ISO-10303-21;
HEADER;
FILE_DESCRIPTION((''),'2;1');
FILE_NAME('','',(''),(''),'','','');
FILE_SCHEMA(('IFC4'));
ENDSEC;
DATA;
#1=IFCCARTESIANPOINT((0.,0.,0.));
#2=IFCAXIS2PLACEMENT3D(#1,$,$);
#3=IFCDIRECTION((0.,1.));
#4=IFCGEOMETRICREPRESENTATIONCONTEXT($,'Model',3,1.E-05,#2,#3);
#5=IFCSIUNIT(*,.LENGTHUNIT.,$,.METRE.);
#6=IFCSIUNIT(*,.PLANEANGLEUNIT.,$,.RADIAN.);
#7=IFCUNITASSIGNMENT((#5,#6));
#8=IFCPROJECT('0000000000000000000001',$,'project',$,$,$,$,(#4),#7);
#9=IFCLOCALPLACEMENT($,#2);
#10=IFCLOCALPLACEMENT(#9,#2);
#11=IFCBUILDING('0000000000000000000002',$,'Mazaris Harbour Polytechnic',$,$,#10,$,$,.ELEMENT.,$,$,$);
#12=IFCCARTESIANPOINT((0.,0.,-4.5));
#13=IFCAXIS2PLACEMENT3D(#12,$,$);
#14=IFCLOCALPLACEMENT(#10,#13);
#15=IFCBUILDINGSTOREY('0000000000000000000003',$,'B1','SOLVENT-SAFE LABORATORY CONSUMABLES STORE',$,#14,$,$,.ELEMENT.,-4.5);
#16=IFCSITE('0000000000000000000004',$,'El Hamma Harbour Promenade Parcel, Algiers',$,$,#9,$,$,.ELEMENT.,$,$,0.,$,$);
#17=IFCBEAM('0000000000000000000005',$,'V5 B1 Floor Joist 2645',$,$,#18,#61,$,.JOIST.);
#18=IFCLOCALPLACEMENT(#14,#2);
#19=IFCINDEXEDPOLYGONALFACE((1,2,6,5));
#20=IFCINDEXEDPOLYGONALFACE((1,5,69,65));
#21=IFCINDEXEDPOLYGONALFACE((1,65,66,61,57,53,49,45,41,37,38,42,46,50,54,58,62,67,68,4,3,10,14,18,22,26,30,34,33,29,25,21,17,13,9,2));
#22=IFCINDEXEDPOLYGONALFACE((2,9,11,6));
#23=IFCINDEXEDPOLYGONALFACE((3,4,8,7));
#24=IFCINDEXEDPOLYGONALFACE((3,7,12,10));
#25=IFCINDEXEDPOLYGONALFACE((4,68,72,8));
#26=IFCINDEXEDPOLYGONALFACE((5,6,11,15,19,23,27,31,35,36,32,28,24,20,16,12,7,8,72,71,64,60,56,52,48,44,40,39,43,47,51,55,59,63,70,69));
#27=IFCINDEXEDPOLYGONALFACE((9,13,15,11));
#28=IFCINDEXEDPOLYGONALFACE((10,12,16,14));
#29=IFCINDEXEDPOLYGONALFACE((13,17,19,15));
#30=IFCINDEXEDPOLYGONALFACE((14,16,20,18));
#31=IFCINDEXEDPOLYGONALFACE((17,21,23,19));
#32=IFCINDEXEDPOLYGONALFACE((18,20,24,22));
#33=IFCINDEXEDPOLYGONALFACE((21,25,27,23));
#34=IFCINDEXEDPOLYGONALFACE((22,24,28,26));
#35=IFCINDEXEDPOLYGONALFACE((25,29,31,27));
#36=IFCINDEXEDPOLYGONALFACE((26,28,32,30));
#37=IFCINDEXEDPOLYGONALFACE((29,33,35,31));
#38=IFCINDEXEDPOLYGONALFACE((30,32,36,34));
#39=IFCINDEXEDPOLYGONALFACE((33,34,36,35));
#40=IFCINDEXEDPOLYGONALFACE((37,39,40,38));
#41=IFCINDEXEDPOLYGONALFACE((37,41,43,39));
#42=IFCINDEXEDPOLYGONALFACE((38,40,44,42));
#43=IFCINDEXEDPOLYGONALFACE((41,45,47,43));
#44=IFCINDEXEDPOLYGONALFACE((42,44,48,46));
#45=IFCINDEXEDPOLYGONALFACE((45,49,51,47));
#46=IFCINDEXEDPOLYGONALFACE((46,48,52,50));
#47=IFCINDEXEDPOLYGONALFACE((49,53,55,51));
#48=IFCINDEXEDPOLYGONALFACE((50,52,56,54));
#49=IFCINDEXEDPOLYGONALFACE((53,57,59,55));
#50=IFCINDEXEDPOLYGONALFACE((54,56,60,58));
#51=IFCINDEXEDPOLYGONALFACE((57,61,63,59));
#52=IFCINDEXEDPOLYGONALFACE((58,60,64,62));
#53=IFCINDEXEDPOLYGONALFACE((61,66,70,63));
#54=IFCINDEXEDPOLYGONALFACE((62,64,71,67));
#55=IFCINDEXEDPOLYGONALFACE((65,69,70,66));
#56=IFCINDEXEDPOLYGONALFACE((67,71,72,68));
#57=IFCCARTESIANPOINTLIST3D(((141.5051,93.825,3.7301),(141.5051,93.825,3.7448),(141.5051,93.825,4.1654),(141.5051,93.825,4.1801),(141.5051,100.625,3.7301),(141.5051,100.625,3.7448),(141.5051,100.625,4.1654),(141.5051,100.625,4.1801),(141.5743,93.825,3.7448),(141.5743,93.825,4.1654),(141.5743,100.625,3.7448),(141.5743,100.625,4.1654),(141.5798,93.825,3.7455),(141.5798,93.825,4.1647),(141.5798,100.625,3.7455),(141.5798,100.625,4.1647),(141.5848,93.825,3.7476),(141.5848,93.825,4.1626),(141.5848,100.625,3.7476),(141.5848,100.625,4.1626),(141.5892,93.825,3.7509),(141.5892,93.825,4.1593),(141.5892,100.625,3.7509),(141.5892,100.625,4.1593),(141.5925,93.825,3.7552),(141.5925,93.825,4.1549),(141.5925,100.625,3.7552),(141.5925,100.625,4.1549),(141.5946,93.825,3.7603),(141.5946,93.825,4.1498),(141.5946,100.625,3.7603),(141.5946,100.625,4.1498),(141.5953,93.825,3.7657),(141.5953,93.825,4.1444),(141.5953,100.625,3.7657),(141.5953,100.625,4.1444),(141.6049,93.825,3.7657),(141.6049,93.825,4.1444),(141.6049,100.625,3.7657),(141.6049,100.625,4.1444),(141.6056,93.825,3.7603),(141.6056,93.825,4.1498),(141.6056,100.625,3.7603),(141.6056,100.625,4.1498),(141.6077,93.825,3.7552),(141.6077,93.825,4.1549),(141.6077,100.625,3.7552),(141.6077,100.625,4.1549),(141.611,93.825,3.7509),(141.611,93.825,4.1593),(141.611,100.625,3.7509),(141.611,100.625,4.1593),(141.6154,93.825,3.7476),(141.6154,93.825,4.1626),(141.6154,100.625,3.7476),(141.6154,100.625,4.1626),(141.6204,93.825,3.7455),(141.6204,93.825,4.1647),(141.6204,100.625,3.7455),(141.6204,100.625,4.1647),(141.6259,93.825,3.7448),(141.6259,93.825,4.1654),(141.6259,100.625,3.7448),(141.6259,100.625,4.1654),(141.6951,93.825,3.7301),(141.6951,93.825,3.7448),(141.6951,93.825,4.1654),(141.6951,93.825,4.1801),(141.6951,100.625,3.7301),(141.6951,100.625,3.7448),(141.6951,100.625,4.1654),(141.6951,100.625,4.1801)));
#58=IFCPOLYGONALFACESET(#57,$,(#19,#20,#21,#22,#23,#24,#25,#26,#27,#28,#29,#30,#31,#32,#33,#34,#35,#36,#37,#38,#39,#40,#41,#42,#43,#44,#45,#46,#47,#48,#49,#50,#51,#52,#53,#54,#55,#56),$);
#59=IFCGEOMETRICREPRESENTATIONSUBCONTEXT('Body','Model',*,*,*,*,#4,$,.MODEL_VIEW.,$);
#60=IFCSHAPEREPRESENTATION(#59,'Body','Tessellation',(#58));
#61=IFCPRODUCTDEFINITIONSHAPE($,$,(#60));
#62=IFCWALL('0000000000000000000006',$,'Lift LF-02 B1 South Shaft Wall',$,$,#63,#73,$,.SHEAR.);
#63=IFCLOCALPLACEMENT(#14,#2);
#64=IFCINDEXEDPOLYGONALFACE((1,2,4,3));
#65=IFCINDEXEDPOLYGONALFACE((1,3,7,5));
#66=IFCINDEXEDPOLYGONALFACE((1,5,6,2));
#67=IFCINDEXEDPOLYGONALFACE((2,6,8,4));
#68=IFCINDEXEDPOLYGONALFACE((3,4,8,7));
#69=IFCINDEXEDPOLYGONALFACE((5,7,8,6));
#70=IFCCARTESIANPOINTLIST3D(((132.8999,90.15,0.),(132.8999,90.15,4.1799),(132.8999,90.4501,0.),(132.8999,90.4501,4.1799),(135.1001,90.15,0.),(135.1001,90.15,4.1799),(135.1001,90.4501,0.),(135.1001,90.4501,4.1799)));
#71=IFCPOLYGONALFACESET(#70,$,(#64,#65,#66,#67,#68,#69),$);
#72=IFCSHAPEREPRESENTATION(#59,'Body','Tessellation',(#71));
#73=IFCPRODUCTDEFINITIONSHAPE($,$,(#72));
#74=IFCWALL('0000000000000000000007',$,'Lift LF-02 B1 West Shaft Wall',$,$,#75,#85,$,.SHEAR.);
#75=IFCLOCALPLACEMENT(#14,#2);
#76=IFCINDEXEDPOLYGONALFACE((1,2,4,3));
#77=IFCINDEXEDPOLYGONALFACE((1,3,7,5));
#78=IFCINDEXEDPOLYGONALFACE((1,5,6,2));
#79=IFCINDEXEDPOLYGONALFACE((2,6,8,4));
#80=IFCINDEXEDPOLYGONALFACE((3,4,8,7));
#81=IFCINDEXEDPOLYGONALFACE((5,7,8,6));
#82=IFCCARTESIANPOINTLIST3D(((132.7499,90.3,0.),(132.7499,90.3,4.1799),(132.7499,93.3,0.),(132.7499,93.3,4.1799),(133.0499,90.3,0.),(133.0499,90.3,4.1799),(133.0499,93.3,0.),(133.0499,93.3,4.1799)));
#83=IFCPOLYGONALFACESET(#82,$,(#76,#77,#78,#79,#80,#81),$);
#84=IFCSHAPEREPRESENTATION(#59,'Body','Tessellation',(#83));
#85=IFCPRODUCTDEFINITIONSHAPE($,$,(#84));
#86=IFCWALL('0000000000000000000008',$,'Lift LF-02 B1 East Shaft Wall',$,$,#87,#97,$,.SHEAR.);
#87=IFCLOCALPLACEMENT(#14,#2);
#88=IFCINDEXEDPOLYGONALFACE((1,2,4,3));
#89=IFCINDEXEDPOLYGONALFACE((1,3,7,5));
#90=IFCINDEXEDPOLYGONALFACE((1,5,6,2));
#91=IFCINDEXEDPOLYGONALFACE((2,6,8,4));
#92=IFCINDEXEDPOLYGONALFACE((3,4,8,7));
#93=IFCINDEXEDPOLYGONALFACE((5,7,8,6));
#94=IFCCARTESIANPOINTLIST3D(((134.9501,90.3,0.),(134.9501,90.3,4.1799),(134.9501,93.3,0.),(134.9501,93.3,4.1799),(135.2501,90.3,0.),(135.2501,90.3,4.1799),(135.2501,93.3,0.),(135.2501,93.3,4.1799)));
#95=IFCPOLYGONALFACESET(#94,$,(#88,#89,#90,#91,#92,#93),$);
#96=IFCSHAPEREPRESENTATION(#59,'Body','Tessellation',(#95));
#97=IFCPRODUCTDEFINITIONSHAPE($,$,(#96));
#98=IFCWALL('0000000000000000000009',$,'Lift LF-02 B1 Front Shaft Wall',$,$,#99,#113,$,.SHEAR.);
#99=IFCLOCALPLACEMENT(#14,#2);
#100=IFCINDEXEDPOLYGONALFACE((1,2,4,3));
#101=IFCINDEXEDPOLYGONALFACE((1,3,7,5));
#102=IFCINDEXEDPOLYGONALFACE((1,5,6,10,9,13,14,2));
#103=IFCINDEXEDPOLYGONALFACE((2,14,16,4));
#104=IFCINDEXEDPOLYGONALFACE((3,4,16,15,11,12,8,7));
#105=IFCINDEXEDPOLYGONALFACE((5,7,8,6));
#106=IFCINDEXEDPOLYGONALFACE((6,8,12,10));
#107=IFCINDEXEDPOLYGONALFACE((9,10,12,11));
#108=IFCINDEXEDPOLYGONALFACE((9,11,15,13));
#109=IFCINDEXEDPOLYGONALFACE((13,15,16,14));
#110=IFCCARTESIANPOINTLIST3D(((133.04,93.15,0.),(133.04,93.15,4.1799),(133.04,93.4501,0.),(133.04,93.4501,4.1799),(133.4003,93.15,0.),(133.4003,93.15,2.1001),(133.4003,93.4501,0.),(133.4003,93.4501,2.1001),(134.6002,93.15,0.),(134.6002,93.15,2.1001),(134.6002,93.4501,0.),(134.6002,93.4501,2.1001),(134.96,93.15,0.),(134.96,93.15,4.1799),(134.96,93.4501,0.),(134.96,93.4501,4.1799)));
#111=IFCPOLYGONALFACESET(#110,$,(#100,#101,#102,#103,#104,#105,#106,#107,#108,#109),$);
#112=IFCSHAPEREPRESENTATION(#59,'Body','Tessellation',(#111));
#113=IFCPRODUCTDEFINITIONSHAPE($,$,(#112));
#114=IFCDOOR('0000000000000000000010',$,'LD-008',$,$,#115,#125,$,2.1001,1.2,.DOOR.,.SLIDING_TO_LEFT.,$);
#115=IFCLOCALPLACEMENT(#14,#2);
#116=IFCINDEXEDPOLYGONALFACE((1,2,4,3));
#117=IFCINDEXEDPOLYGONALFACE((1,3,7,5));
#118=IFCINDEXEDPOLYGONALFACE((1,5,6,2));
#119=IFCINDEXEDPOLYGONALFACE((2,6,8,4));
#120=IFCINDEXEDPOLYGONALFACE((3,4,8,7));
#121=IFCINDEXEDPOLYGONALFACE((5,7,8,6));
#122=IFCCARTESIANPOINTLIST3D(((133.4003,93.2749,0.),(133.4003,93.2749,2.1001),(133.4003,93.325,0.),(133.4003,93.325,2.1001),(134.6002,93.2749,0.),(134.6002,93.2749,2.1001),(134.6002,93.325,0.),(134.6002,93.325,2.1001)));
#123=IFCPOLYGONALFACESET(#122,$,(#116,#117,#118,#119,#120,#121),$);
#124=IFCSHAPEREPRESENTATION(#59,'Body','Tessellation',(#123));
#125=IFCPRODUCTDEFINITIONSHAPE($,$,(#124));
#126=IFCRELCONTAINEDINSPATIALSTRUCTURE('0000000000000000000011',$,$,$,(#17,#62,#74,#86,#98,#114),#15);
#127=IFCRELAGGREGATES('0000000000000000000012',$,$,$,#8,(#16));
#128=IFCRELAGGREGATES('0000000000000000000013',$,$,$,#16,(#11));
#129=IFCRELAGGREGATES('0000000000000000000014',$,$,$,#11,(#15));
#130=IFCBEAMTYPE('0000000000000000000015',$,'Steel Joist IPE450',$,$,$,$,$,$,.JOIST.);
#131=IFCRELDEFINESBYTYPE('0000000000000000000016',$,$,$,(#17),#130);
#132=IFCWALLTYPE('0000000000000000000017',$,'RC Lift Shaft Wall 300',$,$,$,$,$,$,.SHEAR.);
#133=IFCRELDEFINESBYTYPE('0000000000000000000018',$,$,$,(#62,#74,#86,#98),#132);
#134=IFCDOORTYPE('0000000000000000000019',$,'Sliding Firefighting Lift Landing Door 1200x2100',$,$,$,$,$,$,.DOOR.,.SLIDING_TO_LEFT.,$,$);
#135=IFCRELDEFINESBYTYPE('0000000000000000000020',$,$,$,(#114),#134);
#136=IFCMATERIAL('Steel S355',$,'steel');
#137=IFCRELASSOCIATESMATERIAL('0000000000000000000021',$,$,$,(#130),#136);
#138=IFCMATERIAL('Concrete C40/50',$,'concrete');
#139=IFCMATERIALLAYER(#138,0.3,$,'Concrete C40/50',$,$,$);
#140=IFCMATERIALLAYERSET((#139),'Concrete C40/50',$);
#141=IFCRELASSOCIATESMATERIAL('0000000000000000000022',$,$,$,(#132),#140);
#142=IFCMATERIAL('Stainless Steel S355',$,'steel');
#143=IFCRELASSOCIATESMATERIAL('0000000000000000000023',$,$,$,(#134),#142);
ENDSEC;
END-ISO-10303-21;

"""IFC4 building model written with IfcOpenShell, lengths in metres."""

from ifc_helpers import new_model, si_unit, direction, frame, frame_2d, origin, origin_2d, place, context, subcontext, project, spatial, rectangle, i_section, extrude, material, layer, layer_set, material_profile, profile_set, type_object, element, fill, save


model = new_model("IFC4")

# Units and contexts
model_context = context("Model", 3, precision=1e-05, world=origin(), true_north=direction((0.0, 1.0)))
body_context = subcontext(model_context, "Body", "Model", "MODEL_VIEW")
ifc_project = project(units=[si_unit("LENGTHUNIT", "METRE"), si_unit("PLANEANGLEUNIT", "RADIAN")], contexts=[model_context])

# Site, building, storey
site_placement = place(None, origin())
site = spatial("IfcSite", under=ifc_project, at=site_placement, Name="El Hamma Harbour Promenade Parcel, Algiers", CompositionType="ELEMENT", RefElevation=0.0)
building_placement = place(site_placement, origin())
building = spatial("IfcBuilding", under=site, at=building_placement, Name="Mazaris Harbour Polytechnic", CompositionType="ELEMENT")
storey_placement = place(building_placement, frame((0.0, 0.0, -4.5)))
storey = spatial("IfcBuildingStorey", under=building, at=storey_placement, Name="B1", Description="SOLVENT-SAFE LABORATORY CONSUMABLES STORE", CompositionType="ELEMENT", Elevation=-4.5)

# Beam
ifc_material_1 = material(Name="Steel S355", Category="steel")
ifc_material_profile_1 = material_profile(ifc_material_1, i_section(OverallWidth=0.1899, OverallDepth=0.45, WebThickness=0.0095, FlangeThickness=0.0146, FilletRadius=0.021, at=origin_2d()), Name="IPE 450")
ifc_profile_set_1 = profile_set([ifc_material_profile_1], Name="Steel S355")
beam_type_1 = type_object("IfcBeamType", Name="Steel Joist IPE450", PredefinedType="JOIST", material=ifc_profile_set_1)
beam_1_placement = place(storey_placement, frame((141.6001, 93.825, 3.9551), z_axis=(0.0, 1.0, 0.0), x_axis=(-1.0, 0.0, 0.0)))
element("IfcBeam", 1, at=beam_1_placement, inside=storey, type_object=beam_type_1, Name="V5 B1 Floor Joist 2645", PredefinedType="JOIST", context=body_context, shape_type="SweptSolid", body=[
    extrude(i_section(OverallWidth=0.1899, OverallDepth=0.45, WebThickness=0.0095, FlangeThickness=0.0146, FilletRadius=0.021, at=origin_2d()), origin(), (0.0, 0.0, 1.0), 6.8),
])

# Walls
ifc_material_2 = material(Name="Concrete C40/50", Category="concrete")
ifc_layer = layer(ifc_material_2, 0.3, Name="Concrete C40/50")
ifc_layer_set = layer_set([ifc_layer], Name="Concrete C40/50")
wall_type = type_object("IfcWallType", Name="RC Lift Shaft Wall 300", PredefinedType="SHEAR", material=ifc_layer_set)
wall_1_placement = place(storey_placement, frame((132.8999, 90.3, 0.0), z_axis=(0.0, 0.0, 1.0), x_axis=(1.0, 0.0, 0.0)))
element("IfcWall", 2, at=wall_1_placement, inside=storey, type_object=wall_type, Name="Lift LF-02 B1 South Shaft Wall", PredefinedType="SHEAR", context=body_context, shape_type="SweptSolid", body=[
    extrude(rectangle(XDim=2.2002, YDim=0.3, at=frame_2d((1.1001, 0.0))), origin(), (0.0, 0.0, 1.0), 4.1799),
])
for number, where, z_axis, x_axis, name in (
    (3, (132.8999, 93.3, 0.0), (0.0, 0.0, 1.0), (0.0, -1.0, 0.0), "Lift LF-02 B1 West Shaft Wall"),
    (4, (135.1001, 90.3, 0.0), (0.0, 0.0, 1.0), (0.0, 1.0, 0.0), "Lift LF-02 B1 East Shaft Wall"),
):
    element("IfcWall", number, at=place(storey_placement, frame(where, z_axis=z_axis, x_axis=x_axis)), inside=storey, type_object=wall_type, Name=name, PredefinedType="SHEAR", context=body_context, shape_type="SweptSolid", body=[
        extrude(rectangle(XDim=3.0, YDim=0.3, at=frame_2d((1.5, 0.0))), origin(), (0.0, 0.0, 1.0), 4.1799),
    ])

# Wall, opening, door
wall_2_placement = place(storey_placement, frame((133.04, 93.3, 0.0), z_axis=(0.0, 0.0, 1.0), x_axis=(1.0, 0.0, 0.0)))
wall_2 = element("IfcWall", 5, at=wall_2_placement, inside=storey, type_object=wall_type, Name="Lift LF-02 B1 Front Shaft Wall", PredefinedType="SHEAR", context=body_context, shape_type="SweptSolid", body=[
    extrude(rectangle(XDim=1.9199, YDim=0.3, at=frame_2d((0.96, 0.0))), origin(), (0.0, 0.0, 1.0), 4.1799),
])
opening_placement = place(wall_2_placement, frame((0.3601, 0.0, 0.0)))
opening = element("IfcOpeningElement", 6, at=opening_placement, cuts=wall_2, PredefinedType="OPENING", context=body_context, shape_type="SweptSolid", body=[
    extrude(rectangle(XDim=1.2, YDim=2.1001, at=frame_2d((0.6001, 1.05))), frame((0.0, 0.1599, 0.0), z_axis=(0.0, -1.0, 0.0), x_axis=(1.0, 0.0, 0.0)), (0.0, 0.0, 1.0), 0.3201),
])
ifc_material_3 = material(Name="Stainless Steel S355", Category="steel")
door_type = type_object("IfcDoorType", Name="Sliding Firefighting Lift Landing Door 1200x2100", OperationType="SLIDING_TO_LEFT", PredefinedType="DOOR", material=ifc_material_3)
door_placement = place(opening_placement, origin())
door = element("IfcDoor", 7, at=door_placement, inside=storey, type_object=door_type, Name="LD-008", OperationType="SLIDING_TO_LEFT", OverallHeight=2.1001, OverallWidth=1.2, PredefinedType="DOOR", context=body_context, shape_type="SweptSolid", body=[
    extrude(rectangle(XDim=1.2, YDim=2.1001, at=frame_2d((0.6001, 1.05))), frame((0.0, 0.0249, 0.0), z_axis=(0.0, -1.0, 0.0), x_axis=(1.0, 0.0, 0.0)), (0.0, 0.0, 1.0), 0.05),
])
fill(opening, door)

save(model, "model.ifc")
